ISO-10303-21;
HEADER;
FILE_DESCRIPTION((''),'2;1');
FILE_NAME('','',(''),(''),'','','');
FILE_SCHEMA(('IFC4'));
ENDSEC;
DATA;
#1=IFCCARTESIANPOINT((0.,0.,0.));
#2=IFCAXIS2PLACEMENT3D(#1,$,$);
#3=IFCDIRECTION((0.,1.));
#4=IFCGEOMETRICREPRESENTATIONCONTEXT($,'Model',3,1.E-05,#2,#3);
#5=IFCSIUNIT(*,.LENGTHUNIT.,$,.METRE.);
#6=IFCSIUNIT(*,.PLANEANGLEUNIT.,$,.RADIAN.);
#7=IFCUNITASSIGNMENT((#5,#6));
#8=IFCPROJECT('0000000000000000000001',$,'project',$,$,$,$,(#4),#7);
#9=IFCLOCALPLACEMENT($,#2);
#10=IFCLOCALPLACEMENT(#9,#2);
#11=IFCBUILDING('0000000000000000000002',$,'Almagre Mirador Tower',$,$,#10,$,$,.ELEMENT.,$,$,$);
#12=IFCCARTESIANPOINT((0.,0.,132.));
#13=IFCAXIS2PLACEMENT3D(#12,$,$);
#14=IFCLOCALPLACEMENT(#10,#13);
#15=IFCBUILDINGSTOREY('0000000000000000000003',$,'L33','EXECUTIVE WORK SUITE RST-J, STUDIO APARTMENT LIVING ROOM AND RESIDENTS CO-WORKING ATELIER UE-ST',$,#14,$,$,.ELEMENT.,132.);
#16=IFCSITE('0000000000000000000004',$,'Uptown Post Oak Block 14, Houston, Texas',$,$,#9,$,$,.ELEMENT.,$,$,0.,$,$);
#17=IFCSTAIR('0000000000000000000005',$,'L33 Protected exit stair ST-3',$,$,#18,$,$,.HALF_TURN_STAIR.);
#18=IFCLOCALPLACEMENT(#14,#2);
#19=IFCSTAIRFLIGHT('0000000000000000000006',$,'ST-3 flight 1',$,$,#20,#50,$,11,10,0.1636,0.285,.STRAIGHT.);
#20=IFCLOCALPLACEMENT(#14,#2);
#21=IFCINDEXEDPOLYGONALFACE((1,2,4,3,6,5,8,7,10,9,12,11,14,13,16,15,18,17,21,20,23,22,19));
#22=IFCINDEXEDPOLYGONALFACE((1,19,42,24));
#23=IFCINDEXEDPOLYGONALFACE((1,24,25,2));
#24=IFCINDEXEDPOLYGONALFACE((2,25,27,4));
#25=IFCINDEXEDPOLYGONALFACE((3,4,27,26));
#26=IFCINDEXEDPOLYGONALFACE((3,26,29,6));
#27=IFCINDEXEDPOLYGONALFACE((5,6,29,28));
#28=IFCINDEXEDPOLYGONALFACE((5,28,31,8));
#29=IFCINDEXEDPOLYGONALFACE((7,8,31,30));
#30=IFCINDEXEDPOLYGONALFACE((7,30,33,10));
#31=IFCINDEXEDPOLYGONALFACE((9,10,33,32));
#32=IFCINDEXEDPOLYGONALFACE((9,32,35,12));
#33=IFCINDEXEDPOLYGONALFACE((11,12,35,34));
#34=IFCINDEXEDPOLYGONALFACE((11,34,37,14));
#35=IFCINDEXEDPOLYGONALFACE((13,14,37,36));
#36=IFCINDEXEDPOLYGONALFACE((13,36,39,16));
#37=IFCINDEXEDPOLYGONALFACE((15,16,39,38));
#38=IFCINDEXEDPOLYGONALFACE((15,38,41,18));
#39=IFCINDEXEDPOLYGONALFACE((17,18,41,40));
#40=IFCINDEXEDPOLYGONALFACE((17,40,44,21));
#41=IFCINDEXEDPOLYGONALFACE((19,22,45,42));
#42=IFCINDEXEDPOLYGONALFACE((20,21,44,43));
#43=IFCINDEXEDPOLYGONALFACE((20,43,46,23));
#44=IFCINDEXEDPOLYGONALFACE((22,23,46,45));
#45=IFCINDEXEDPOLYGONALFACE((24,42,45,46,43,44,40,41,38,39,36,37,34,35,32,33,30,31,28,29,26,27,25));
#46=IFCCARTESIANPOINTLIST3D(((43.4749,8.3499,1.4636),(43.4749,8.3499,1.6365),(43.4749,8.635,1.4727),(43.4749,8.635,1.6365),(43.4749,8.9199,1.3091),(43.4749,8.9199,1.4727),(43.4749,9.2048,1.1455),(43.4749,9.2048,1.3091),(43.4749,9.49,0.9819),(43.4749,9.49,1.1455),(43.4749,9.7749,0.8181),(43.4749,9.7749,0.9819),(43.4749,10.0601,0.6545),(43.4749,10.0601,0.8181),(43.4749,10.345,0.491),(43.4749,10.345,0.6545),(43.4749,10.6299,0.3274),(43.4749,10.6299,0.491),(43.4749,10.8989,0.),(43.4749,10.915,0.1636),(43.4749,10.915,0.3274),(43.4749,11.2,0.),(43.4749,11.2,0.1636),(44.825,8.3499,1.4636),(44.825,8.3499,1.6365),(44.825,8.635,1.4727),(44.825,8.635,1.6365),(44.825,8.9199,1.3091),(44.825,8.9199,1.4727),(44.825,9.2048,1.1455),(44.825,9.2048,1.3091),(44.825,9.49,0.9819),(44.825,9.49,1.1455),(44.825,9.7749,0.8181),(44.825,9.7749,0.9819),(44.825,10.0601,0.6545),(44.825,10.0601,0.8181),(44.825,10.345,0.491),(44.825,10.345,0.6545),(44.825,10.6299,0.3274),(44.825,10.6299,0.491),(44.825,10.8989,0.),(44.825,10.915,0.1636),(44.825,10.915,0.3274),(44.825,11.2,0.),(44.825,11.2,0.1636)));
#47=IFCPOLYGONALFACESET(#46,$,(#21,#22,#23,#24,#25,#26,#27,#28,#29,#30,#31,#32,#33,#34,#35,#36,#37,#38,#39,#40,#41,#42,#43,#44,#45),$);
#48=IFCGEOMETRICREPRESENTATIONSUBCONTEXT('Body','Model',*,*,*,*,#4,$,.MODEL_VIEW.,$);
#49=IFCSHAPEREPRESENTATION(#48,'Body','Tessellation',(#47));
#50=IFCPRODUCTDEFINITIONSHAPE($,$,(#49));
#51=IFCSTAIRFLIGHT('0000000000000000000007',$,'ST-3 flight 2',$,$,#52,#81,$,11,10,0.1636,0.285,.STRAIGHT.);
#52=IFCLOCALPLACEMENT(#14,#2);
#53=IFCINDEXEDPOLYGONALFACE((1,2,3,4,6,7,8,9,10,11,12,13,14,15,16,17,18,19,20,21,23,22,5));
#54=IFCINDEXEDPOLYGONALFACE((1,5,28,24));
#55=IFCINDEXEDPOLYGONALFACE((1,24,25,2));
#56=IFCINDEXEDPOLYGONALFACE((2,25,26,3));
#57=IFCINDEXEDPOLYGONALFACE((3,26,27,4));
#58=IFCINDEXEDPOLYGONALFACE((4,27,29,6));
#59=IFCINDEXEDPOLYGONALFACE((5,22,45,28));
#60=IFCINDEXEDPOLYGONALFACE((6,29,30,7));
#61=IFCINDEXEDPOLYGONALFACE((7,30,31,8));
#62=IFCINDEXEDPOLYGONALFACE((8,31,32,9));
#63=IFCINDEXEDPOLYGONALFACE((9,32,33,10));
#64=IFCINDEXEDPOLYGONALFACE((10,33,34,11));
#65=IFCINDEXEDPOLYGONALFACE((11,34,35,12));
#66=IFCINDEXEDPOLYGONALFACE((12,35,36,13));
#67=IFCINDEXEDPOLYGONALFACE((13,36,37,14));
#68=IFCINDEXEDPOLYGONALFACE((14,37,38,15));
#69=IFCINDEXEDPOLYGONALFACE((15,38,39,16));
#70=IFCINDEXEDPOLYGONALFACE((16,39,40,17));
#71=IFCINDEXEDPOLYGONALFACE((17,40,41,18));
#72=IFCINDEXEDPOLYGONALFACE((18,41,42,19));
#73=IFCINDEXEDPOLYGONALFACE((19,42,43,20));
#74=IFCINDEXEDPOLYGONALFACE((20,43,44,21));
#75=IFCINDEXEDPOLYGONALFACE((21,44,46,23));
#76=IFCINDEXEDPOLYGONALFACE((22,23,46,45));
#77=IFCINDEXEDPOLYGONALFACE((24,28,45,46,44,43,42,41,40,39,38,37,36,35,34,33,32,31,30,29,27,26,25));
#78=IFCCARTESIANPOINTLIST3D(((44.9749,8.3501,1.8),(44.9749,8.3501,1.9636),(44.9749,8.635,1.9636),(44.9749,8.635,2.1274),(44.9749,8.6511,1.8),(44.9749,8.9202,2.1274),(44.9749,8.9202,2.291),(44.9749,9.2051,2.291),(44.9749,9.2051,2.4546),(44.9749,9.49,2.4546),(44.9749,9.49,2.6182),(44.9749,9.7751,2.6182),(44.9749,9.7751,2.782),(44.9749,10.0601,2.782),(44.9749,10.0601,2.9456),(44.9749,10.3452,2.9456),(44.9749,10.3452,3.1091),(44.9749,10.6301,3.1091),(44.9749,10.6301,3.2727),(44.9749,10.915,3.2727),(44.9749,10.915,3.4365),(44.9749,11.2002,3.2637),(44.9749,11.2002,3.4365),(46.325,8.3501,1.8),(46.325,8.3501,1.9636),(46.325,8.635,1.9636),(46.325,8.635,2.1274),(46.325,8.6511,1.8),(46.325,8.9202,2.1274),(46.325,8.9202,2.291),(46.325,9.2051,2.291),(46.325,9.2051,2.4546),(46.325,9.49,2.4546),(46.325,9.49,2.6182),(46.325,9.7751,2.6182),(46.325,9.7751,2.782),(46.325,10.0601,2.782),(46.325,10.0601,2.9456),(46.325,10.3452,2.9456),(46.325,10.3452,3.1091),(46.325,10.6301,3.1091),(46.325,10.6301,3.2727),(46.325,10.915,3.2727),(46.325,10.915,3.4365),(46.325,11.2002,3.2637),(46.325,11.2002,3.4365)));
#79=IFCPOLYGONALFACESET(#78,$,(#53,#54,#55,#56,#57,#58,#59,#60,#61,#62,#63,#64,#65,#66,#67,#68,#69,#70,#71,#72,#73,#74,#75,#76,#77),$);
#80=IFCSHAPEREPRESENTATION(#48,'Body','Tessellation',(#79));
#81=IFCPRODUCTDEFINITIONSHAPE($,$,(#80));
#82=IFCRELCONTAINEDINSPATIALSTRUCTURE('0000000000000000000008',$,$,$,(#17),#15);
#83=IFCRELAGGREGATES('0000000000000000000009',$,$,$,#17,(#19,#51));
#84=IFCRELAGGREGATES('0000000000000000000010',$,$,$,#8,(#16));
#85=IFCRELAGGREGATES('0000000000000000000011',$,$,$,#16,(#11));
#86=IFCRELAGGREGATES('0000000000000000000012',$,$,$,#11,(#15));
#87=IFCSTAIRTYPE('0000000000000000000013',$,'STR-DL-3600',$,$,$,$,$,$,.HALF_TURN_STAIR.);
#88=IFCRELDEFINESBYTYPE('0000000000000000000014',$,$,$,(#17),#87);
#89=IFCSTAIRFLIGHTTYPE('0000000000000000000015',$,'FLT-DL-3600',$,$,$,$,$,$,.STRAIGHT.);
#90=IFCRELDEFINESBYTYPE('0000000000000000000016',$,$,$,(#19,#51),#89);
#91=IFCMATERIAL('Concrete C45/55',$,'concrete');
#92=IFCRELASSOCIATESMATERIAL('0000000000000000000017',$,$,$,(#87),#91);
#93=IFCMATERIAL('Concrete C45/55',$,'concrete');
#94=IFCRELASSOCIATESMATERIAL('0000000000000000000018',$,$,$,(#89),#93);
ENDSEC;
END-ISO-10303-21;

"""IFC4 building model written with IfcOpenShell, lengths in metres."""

from ifc_helpers import new_model, si_unit, direction, frame, origin, place, context, subcontext, project, spatial, polyline, outline, extrude, material, type_object, element, aggregate, save


model = new_model("IFC4")

# Units and contexts
model_context = context("Model", 3, precision=1e-05, world=origin(), true_north=direction((0.0, 1.0)))
body_context = subcontext(model_context, "Body", "Model", "MODEL_VIEW")
ifc_project = project(units=[si_unit("LENGTHUNIT", "METRE"), si_unit("PLANEANGLEUNIT", "RADIAN")], contexts=[model_context])

# Site, building, storey
site_placement = place(None, origin())
site = spatial("IfcSite", under=ifc_project, at=site_placement, Name="Uptown Post Oak Block 14, Houston, Texas", CompositionType="ELEMENT", RefElevation=0.0)
building_placement = place(site_placement, origin())
building = spatial("IfcBuilding", under=site, at=building_placement, Name="Almagre Mirador Tower", CompositionType="ELEMENT")
storey_placement = place(building_placement, frame((0.0, 0.0, 132.0)))
storey = spatial("IfcBuildingStorey", under=building, at=storey_placement, Name="L33", Description="EXECUTIVE WORK SUITE RST-J, STUDIO APARTMENT LIVING ROOM AND RESIDENTS CO-WORKING ATELIER UE-ST", CompositionType="ELEMENT", Elevation=132.0)

# Stair, stair flights
ifc_material_1 = material(Name="Concrete C45/55", Category="concrete")
stair_type = type_object("IfcStairType", Name="STR-DL-3600", PredefinedType="HALF_TURN_STAIR", material=ifc_material_1)
stair_placement = place(storey_placement, origin())
stair = element("IfcStair", 1, at=stair_placement, inside=storey, type_object=stair_type, Name="L33 Protected exit stair ST-3", PredefinedType="HALF_TURN_STAIR")
ifc_material_2 = material(Name="Concrete C45/55", Category="concrete")
stair_flight_type = type_object("IfcStairFlightType", Name="FLT-DL-3600", PredefinedType="STRAIGHT", material=ifc_material_2)
stair_flight_1_placement = place(storey_placement, frame((44.1499, 11.2, 0.0), z_axis=(0.0, 0.0, 1.0), x_axis=(0.0, -1.0, 0.0)))
stair_flight_1 = element("IfcStairFlight", 2, at=stair_flight_1_placement, type_object=stair_flight_type, Name="ST-3 flight 1", NumberOfRisers=11, NumberOfTreads=10, PredefinedType="STRAIGHT", RiserHeight=0.1636, TreadLength=0.285, context=body_context, shape_type="SweptSolid", body=[
    extrude(outline(polyline([(0.0, 0.0), (0.0, 0.1636), (0.2849, 0.1636), (0.2849, 0.3274), (0.5701, 0.3274), (0.5701, 0.491), (0.855, 0.491), (0.855, 0.6545), (1.1399, 0.6545), (1.1399, 0.8181), (1.425, 0.8181), (1.425, 0.9819), (1.71, 0.9819), (1.71, 1.1455), (1.9951, 1.1455), (1.9951, 1.3091), (2.28, 1.3091), (2.28, 1.4727), (2.5649, 1.4727), (2.5649, 1.6365), (2.8501, 1.6365), (2.8501, 1.8), (2.8501, 1.4636), (0.301, 0.0), (0.0, 0.0)])), frame((0.0, 0.675, 0.0), z_axis=(0.0, -1.0, 0.0), x_axis=(1.0, 0.0, 0.0)), (0.0, 0.0, 1.0), 1.3501),
])
stair_flight_2_placement = place(storey_placement, frame((45.6499, 8.3501, 1.8), z_axis=(0.0, 0.0, 1.0), x_axis=(0.0, 1.0, 0.0)))
stair_flight_2 = element("IfcStairFlight", 3, at=stair_flight_2_placement, type_object=stair_flight_type, Name="ST-3 flight 2", NumberOfRisers=11, NumberOfTreads=10, PredefinedType="STRAIGHT", RiserHeight=0.1636, TreadLength=0.285, context=body_context, shape_type="SweptSolid", body=[
    extrude(outline(polyline([(0.0, 0.0), (0.0, 0.1636), (0.2849, 0.1636), (0.2849, 0.3274), (0.5701, 0.3274), (0.5701, 0.491), (0.855, 0.491), (0.855, 0.6545), (1.1399, 0.6545), (1.1399, 0.8181), (1.425, 0.8181), (1.425, 0.9819), (1.71, 0.9819), (1.71, 1.1455), (1.9951, 1.1455), (1.9951, 1.3091), (2.28, 1.3091), (2.28, 1.4727), (2.5649, 1.4727), (2.5649, 1.6365), (2.8501, 1.6365), (2.8501, 1.8), (2.8501, 1.4636), (0.301, 0.0), (0.0, 0.0)])), frame((0.0, 0.675, 0.0), z_axis=(0.0, -1.0, 0.0), x_axis=(1.0, 0.0, 0.0)), (0.0, 0.0, 1.0), 1.3501),
])
aggregate(stair, [stair_flight_1, stair_flight_2])

save(model, "model.ifc")
